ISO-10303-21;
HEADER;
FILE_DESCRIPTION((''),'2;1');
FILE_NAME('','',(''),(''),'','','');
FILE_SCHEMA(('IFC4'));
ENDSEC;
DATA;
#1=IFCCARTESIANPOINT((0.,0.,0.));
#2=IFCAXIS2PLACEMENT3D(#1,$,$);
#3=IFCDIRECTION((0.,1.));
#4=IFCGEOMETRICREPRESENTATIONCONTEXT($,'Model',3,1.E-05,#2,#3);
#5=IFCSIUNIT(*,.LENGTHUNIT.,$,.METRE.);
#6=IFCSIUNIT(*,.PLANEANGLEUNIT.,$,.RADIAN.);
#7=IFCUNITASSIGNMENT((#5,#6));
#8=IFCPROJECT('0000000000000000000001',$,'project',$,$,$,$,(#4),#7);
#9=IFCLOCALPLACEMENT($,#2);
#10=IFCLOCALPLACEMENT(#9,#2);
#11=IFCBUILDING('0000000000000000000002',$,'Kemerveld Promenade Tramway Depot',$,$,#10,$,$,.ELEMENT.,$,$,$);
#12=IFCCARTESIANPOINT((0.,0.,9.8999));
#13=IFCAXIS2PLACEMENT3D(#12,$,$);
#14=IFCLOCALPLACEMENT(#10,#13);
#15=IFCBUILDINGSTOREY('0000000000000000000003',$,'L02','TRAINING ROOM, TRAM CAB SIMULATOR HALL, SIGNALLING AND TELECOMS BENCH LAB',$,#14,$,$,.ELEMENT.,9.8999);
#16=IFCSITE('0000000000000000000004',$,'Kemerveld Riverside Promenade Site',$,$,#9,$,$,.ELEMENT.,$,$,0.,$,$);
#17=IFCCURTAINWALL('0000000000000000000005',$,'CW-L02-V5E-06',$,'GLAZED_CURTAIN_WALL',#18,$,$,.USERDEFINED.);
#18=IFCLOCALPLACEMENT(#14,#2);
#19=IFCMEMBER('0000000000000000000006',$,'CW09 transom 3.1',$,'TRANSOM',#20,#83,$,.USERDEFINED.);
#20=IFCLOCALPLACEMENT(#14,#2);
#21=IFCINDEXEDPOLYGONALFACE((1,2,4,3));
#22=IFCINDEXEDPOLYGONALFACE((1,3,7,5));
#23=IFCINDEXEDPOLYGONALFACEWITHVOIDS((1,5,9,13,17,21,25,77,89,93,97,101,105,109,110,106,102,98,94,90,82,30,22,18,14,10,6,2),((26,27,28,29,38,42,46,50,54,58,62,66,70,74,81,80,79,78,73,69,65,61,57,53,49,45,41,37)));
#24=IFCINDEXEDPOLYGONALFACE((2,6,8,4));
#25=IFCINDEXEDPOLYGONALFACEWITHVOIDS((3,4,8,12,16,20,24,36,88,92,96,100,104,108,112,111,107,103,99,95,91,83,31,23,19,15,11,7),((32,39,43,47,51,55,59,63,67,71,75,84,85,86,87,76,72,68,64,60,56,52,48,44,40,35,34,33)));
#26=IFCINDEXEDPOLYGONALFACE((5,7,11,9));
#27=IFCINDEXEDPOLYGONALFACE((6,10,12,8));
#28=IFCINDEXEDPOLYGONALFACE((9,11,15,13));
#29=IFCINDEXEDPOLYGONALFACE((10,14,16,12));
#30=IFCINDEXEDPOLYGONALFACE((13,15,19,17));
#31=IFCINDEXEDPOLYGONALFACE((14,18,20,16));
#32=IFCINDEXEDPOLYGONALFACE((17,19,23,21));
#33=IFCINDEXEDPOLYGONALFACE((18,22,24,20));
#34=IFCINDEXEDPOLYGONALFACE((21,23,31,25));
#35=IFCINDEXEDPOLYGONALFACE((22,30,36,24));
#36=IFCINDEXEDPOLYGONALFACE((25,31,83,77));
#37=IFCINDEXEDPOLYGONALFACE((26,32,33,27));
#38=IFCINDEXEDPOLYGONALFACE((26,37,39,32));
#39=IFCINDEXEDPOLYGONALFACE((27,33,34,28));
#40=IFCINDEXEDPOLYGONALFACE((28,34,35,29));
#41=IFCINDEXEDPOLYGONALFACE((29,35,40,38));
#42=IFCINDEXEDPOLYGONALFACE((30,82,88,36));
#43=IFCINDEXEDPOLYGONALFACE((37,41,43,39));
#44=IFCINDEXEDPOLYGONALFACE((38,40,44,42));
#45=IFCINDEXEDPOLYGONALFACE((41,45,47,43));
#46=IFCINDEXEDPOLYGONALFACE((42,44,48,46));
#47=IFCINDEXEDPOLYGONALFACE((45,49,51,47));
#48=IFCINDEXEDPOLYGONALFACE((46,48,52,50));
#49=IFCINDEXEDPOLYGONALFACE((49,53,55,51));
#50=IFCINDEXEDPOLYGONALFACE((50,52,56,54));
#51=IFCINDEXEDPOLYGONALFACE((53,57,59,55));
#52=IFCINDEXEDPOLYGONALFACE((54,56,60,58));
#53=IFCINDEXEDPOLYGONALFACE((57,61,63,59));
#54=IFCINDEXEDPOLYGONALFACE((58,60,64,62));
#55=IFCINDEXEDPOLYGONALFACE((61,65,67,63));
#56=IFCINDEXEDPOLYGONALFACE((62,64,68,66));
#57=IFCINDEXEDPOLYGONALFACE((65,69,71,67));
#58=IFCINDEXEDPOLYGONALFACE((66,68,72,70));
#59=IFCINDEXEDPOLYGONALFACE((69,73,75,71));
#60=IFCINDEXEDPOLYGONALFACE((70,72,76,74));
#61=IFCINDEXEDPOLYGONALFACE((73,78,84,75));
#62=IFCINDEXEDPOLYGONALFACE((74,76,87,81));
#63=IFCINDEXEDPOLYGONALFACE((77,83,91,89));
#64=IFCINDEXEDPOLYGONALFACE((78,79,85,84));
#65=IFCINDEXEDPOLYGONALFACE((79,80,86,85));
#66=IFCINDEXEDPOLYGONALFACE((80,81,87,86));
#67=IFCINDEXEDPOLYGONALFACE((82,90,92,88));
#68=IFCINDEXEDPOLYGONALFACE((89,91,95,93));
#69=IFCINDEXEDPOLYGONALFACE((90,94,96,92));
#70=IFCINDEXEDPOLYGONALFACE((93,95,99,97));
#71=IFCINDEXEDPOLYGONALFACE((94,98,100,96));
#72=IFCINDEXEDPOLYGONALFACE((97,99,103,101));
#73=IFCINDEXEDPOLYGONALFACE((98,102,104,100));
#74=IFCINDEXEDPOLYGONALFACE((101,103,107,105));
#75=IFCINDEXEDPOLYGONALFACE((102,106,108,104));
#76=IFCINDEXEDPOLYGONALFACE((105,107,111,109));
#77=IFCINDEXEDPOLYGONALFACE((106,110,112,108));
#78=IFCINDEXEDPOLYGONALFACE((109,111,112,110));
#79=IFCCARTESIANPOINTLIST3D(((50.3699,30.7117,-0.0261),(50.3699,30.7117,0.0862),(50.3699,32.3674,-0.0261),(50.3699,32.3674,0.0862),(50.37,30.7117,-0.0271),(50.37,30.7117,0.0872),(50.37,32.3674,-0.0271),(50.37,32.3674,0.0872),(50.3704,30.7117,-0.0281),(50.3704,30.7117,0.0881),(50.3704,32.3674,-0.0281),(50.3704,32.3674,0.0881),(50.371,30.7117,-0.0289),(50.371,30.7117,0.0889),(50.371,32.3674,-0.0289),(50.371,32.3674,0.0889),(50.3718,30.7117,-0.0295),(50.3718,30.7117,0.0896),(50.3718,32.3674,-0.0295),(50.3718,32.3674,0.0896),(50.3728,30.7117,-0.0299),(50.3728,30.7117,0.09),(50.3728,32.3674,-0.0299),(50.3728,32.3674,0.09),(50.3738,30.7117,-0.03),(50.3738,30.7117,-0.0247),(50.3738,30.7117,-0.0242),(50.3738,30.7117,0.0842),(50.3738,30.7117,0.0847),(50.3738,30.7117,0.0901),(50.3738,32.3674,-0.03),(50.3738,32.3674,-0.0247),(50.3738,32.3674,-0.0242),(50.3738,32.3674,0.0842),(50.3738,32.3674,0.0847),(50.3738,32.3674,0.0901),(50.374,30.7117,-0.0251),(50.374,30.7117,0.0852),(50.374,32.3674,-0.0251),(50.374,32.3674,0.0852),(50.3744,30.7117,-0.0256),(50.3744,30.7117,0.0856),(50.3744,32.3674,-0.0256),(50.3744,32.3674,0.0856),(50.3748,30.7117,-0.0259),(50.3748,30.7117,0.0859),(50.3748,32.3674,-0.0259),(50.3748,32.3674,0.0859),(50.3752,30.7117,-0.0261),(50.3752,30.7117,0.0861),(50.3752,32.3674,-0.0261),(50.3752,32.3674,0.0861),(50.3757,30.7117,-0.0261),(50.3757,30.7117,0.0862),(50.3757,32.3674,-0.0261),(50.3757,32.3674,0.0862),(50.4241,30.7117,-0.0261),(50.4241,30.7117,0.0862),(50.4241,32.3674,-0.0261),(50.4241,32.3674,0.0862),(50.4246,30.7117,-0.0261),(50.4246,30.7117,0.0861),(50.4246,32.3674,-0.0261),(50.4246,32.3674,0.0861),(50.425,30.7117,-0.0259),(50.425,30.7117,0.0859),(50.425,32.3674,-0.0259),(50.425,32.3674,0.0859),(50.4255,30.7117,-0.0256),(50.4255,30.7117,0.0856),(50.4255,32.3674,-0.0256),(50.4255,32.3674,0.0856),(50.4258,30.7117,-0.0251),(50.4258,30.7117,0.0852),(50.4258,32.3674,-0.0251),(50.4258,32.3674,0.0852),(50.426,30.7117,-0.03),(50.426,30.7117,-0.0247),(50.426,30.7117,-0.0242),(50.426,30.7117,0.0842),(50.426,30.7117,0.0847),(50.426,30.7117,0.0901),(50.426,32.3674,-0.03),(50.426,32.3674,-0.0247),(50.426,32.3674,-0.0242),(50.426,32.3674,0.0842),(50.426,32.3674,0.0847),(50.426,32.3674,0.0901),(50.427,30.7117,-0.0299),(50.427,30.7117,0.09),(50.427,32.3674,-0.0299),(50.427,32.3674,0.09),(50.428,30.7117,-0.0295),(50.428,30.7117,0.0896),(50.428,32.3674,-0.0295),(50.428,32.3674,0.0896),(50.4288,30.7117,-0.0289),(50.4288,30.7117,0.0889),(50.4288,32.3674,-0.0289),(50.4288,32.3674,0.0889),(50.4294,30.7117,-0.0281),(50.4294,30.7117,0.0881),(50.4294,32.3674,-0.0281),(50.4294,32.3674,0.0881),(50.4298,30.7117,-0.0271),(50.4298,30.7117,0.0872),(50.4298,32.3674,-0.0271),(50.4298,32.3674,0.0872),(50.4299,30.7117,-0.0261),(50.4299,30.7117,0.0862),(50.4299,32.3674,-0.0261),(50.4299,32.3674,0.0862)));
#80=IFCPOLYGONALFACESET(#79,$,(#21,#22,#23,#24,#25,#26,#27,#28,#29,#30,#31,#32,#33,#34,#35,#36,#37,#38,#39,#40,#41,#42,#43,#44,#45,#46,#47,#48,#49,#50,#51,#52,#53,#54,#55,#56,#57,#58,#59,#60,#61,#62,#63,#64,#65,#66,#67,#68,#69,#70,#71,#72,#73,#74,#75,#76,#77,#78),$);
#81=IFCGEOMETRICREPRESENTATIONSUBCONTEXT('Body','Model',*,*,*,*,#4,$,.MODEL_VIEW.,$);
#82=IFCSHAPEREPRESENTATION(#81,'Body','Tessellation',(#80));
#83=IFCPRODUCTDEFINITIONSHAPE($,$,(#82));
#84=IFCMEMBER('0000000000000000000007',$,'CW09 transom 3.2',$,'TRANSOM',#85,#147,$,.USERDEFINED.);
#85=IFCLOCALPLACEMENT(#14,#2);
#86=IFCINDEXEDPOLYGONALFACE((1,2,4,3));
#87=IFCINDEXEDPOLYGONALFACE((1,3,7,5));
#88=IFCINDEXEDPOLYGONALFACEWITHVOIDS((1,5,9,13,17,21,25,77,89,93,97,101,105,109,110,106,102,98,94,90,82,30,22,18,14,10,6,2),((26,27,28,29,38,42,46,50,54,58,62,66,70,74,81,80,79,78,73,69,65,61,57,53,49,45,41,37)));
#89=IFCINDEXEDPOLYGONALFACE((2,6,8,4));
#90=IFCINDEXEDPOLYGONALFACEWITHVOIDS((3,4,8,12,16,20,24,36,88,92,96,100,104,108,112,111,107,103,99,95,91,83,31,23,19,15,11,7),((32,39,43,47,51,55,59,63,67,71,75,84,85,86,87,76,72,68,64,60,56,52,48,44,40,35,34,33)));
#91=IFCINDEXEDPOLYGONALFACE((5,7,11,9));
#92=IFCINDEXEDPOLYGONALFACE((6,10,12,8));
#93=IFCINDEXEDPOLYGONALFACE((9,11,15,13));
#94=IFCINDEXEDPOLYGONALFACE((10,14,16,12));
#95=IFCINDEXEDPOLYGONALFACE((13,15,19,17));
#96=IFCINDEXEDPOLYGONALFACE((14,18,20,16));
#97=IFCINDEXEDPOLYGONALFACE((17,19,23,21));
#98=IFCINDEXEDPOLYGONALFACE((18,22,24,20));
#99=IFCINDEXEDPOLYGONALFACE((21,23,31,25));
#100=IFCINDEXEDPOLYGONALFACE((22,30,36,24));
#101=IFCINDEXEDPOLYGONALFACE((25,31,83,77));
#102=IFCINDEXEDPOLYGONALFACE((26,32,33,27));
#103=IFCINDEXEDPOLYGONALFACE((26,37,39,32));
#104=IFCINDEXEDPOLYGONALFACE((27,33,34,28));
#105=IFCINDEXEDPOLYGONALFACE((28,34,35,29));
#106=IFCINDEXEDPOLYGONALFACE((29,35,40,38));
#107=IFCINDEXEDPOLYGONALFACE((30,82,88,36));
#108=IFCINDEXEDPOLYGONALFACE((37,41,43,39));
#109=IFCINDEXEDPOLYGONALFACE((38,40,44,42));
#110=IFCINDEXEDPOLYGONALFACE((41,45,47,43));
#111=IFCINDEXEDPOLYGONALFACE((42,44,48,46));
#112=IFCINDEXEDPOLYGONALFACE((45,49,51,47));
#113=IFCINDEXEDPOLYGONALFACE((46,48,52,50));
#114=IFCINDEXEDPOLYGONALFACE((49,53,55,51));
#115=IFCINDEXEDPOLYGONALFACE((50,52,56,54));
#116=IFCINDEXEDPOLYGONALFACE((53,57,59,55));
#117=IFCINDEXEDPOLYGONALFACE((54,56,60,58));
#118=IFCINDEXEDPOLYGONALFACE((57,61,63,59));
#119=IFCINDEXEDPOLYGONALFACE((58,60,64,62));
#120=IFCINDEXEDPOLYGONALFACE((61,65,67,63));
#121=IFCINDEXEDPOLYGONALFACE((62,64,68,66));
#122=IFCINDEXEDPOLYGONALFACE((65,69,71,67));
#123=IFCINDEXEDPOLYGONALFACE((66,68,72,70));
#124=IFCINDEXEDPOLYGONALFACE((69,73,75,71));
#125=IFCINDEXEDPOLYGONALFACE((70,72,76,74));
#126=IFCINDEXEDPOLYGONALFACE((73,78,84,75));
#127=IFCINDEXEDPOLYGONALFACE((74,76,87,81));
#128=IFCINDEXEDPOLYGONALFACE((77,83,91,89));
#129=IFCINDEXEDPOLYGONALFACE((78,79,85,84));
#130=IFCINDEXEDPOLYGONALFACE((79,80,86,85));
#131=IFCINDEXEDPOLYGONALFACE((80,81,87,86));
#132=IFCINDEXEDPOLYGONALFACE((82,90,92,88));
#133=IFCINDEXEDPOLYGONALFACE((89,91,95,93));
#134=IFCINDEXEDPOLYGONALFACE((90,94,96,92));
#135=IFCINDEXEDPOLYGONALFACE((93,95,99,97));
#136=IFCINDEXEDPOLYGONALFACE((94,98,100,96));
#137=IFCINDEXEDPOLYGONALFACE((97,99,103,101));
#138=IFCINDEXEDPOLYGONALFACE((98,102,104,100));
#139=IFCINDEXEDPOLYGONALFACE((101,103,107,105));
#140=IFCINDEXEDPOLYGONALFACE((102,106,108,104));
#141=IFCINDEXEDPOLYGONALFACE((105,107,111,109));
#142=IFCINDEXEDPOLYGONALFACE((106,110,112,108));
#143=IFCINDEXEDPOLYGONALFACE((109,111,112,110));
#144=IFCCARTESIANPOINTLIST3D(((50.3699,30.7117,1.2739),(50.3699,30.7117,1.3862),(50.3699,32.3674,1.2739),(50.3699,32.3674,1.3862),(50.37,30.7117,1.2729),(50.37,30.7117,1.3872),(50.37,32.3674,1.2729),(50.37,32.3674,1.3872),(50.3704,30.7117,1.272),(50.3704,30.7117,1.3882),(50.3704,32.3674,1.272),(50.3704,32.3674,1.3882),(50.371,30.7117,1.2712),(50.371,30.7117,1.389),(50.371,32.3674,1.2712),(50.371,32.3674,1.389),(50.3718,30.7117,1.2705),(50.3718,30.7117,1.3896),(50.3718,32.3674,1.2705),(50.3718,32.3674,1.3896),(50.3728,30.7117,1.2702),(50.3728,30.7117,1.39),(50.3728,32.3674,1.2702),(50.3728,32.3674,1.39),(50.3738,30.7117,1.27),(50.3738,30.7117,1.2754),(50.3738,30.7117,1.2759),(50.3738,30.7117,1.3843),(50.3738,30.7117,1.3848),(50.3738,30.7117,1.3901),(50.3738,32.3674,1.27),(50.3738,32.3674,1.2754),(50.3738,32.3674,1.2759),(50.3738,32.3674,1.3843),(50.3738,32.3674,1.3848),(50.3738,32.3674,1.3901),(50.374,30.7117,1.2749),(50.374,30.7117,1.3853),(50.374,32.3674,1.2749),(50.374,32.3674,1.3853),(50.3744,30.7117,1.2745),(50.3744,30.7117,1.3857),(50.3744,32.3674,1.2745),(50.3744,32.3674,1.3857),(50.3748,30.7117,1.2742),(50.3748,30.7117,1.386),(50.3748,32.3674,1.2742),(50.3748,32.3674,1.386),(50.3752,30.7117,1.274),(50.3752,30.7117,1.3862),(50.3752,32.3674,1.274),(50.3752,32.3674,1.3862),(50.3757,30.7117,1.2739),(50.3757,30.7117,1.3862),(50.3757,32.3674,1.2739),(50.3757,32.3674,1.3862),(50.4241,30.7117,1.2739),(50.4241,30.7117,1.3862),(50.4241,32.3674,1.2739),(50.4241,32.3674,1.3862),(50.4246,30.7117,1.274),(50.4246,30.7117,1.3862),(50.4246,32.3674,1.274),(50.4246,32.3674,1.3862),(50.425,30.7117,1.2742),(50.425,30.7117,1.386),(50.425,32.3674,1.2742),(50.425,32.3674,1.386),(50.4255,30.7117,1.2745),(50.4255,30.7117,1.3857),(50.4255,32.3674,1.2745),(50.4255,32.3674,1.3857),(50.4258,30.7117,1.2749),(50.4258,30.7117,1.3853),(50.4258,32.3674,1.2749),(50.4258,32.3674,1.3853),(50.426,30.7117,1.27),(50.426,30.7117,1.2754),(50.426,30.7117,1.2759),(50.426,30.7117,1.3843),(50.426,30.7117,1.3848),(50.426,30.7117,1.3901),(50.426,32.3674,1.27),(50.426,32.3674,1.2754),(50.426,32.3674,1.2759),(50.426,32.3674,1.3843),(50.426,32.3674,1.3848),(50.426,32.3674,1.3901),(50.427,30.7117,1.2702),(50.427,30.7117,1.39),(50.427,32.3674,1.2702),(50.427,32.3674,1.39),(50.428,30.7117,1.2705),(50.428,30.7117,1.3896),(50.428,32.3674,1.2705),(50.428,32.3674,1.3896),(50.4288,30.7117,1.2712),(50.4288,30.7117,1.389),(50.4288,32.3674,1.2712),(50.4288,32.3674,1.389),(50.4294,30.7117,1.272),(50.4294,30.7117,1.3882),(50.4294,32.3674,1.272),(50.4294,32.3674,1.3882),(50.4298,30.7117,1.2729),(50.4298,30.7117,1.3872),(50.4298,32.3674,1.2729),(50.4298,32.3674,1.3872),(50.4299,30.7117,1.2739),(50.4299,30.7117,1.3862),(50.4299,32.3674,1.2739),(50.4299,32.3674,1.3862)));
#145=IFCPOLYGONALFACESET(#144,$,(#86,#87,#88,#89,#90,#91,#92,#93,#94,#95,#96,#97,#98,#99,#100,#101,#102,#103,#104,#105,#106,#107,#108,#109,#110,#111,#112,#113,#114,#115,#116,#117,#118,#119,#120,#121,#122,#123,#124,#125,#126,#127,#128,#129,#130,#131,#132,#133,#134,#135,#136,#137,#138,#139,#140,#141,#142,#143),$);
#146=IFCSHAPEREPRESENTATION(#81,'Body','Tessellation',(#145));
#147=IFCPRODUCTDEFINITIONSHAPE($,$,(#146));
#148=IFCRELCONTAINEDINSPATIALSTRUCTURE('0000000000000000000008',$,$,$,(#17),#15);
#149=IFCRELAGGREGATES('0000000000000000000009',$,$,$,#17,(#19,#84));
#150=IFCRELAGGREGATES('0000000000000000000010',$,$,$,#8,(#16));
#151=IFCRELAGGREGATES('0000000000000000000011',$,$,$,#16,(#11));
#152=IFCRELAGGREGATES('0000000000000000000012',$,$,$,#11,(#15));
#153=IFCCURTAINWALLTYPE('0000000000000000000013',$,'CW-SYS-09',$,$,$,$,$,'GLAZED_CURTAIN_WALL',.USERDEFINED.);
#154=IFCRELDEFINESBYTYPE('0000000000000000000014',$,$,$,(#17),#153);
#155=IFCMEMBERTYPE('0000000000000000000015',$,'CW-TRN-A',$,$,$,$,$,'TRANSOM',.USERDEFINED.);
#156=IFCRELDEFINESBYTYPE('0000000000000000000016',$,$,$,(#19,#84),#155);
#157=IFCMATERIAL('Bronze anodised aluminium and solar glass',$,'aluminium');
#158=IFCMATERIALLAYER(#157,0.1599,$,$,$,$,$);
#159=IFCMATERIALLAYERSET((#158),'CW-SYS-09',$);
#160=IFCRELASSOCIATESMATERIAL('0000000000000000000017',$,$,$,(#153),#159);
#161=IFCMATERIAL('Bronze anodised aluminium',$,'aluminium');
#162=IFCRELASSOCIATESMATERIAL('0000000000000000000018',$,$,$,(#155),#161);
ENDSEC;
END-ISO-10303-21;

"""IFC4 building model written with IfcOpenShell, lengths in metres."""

from ifc_helpers import new_model, si_unit, direction, frame, origin, origin_2d, place, context, subcontext, project, spatial, hollow_rectangle, extrude, material, layer, layer_set, material_profile, profile_set, type_object, element, aggregate, save


model = new_model("IFC4")

# Units and contexts
model_context = context("Model", 3, precision=1e-05, world=origin(), true_north=direction((0.0, 1.0)))
body_context = subcontext(model_context, "Body", "Model", "MODEL_VIEW")
ifc_project = project(units=[si_unit("LENGTHUNIT", "METRE"), si_unit("PLANEANGLEUNIT", "RADIAN")], contexts=[model_context])

# Site, building, storey
site_placement = place(None, origin())
site = spatial("IfcSite", under=ifc_project, at=site_placement, Name="Kemerveld Riverside Promenade Site", CompositionType="ELEMENT", RefElevation=0.0)
building_placement = place(site_placement, origin())
building = spatial("IfcBuilding", under=site, at=building_placement, Name="Kemerveld Promenade Tramway Depot", CompositionType="ELEMENT")
storey_placement = place(building_placement, frame((0.0, 0.0, 9.8999)))
storey = spatial("IfcBuildingStorey", under=building, at=storey_placement, Name="L02", Description="TRAINING ROOM, TRAM CAB SIMULATOR HALL, SIGNALLING AND TELECOMS BENCH LAB", CompositionType="ELEMENT", Elevation=9.8999)

# Curtain wall, members
ifc_material_1 = material(Name="Bronze anodised aluminium and solar glass", Category="aluminium")
ifc_layer_1 = layer(ifc_material_1, 0.1599)
ifc_layer_set_1 = layer_set([ifc_layer_1], Name="CW-SYS-09")
curtain_wall_type = type_object("IfcCurtainWallType", Name="CW-SYS-09", ElementType="GLAZED_CURTAIN_WALL", PredefinedType="USERDEFINED", material=ifc_layer_set_1)
curtain_wall_placement = place(storey_placement, origin())
curtain_wall = element("IfcCurtainWall", 1, at=curtain_wall_placement, inside=storey, type_object=curtain_wall_type, Name="CW-L02-V5E-06", ObjectType="GLAZED_CURTAIN_WALL", PredefinedType="USERDEFINED")
ifc_material_2 = material(Name="Bronze anodised aluminium", Category="aluminium")
ifc_material_profile_1 = material_profile(ifc_material_2, hollow_rectangle(XDim=0.0601, YDim=0.1201, WallThickness=0.0039, InnerFilletRadius=0.002, OuterFilletRadius=0.0039, at=origin_2d()), Name="CW-TRN-120x60")
ifc_profile_set_1 = profile_set([ifc_material_profile_1], Name="Bronze anodised aluminium")
member_type_1 = type_object("IfcMemberType", Name="CW-TRN-A", ElementType="TRANSOM", PredefinedType="USERDEFINED", material=ifc_profile_set_1)
member_1_placement = place(storey_placement, frame((50.3999, 32.3674, 0.03), z_axis=(0.0, -1.0, 0.0), x_axis=(1.0, 0.0, 0.0)))
member_1 = element("IfcMember", 2, at=member_1_placement, type_object=member_type_1, Name="CW09 transom 3.1", ObjectType="TRANSOM", PredefinedType="USERDEFINED", context=body_context, shape_type="SweptSolid", body=[
    extrude(hollow_rectangle(XDim=0.0601, YDim=0.1201, WallThickness=0.0039, InnerFilletRadius=0.002, OuterFilletRadius=0.0039, at=origin_2d()), origin(), (0.0, 0.0, 1.0), 1.6558),
])
member_2_placement = place(storey_placement, frame((50.3999, 32.3674, 1.3301), z_axis=(0.0, -1.0, 0.0), x_axis=(1.0, 0.0, 0.0)))
member_2 = element("IfcMember", 3, at=member_2_placement, type_object=member_type_1, Name="CW09 transom 3.2", ObjectType="TRANSOM", PredefinedType="USERDEFINED", context=body_context, shape_type="SweptSolid", body=[
    extrude(hollow_rectangle(XDim=0.0601, YDim=0.1201, WallThickness=0.0039, InnerFilletRadius=0.002, OuterFilletRadius=0.0039, at=origin_2d()), origin(), (0.0, 0.0, 1.0), 1.6558),
])
aggregate(curtain_wall, [member_1, member_2])

save(model, "model.ifc")
